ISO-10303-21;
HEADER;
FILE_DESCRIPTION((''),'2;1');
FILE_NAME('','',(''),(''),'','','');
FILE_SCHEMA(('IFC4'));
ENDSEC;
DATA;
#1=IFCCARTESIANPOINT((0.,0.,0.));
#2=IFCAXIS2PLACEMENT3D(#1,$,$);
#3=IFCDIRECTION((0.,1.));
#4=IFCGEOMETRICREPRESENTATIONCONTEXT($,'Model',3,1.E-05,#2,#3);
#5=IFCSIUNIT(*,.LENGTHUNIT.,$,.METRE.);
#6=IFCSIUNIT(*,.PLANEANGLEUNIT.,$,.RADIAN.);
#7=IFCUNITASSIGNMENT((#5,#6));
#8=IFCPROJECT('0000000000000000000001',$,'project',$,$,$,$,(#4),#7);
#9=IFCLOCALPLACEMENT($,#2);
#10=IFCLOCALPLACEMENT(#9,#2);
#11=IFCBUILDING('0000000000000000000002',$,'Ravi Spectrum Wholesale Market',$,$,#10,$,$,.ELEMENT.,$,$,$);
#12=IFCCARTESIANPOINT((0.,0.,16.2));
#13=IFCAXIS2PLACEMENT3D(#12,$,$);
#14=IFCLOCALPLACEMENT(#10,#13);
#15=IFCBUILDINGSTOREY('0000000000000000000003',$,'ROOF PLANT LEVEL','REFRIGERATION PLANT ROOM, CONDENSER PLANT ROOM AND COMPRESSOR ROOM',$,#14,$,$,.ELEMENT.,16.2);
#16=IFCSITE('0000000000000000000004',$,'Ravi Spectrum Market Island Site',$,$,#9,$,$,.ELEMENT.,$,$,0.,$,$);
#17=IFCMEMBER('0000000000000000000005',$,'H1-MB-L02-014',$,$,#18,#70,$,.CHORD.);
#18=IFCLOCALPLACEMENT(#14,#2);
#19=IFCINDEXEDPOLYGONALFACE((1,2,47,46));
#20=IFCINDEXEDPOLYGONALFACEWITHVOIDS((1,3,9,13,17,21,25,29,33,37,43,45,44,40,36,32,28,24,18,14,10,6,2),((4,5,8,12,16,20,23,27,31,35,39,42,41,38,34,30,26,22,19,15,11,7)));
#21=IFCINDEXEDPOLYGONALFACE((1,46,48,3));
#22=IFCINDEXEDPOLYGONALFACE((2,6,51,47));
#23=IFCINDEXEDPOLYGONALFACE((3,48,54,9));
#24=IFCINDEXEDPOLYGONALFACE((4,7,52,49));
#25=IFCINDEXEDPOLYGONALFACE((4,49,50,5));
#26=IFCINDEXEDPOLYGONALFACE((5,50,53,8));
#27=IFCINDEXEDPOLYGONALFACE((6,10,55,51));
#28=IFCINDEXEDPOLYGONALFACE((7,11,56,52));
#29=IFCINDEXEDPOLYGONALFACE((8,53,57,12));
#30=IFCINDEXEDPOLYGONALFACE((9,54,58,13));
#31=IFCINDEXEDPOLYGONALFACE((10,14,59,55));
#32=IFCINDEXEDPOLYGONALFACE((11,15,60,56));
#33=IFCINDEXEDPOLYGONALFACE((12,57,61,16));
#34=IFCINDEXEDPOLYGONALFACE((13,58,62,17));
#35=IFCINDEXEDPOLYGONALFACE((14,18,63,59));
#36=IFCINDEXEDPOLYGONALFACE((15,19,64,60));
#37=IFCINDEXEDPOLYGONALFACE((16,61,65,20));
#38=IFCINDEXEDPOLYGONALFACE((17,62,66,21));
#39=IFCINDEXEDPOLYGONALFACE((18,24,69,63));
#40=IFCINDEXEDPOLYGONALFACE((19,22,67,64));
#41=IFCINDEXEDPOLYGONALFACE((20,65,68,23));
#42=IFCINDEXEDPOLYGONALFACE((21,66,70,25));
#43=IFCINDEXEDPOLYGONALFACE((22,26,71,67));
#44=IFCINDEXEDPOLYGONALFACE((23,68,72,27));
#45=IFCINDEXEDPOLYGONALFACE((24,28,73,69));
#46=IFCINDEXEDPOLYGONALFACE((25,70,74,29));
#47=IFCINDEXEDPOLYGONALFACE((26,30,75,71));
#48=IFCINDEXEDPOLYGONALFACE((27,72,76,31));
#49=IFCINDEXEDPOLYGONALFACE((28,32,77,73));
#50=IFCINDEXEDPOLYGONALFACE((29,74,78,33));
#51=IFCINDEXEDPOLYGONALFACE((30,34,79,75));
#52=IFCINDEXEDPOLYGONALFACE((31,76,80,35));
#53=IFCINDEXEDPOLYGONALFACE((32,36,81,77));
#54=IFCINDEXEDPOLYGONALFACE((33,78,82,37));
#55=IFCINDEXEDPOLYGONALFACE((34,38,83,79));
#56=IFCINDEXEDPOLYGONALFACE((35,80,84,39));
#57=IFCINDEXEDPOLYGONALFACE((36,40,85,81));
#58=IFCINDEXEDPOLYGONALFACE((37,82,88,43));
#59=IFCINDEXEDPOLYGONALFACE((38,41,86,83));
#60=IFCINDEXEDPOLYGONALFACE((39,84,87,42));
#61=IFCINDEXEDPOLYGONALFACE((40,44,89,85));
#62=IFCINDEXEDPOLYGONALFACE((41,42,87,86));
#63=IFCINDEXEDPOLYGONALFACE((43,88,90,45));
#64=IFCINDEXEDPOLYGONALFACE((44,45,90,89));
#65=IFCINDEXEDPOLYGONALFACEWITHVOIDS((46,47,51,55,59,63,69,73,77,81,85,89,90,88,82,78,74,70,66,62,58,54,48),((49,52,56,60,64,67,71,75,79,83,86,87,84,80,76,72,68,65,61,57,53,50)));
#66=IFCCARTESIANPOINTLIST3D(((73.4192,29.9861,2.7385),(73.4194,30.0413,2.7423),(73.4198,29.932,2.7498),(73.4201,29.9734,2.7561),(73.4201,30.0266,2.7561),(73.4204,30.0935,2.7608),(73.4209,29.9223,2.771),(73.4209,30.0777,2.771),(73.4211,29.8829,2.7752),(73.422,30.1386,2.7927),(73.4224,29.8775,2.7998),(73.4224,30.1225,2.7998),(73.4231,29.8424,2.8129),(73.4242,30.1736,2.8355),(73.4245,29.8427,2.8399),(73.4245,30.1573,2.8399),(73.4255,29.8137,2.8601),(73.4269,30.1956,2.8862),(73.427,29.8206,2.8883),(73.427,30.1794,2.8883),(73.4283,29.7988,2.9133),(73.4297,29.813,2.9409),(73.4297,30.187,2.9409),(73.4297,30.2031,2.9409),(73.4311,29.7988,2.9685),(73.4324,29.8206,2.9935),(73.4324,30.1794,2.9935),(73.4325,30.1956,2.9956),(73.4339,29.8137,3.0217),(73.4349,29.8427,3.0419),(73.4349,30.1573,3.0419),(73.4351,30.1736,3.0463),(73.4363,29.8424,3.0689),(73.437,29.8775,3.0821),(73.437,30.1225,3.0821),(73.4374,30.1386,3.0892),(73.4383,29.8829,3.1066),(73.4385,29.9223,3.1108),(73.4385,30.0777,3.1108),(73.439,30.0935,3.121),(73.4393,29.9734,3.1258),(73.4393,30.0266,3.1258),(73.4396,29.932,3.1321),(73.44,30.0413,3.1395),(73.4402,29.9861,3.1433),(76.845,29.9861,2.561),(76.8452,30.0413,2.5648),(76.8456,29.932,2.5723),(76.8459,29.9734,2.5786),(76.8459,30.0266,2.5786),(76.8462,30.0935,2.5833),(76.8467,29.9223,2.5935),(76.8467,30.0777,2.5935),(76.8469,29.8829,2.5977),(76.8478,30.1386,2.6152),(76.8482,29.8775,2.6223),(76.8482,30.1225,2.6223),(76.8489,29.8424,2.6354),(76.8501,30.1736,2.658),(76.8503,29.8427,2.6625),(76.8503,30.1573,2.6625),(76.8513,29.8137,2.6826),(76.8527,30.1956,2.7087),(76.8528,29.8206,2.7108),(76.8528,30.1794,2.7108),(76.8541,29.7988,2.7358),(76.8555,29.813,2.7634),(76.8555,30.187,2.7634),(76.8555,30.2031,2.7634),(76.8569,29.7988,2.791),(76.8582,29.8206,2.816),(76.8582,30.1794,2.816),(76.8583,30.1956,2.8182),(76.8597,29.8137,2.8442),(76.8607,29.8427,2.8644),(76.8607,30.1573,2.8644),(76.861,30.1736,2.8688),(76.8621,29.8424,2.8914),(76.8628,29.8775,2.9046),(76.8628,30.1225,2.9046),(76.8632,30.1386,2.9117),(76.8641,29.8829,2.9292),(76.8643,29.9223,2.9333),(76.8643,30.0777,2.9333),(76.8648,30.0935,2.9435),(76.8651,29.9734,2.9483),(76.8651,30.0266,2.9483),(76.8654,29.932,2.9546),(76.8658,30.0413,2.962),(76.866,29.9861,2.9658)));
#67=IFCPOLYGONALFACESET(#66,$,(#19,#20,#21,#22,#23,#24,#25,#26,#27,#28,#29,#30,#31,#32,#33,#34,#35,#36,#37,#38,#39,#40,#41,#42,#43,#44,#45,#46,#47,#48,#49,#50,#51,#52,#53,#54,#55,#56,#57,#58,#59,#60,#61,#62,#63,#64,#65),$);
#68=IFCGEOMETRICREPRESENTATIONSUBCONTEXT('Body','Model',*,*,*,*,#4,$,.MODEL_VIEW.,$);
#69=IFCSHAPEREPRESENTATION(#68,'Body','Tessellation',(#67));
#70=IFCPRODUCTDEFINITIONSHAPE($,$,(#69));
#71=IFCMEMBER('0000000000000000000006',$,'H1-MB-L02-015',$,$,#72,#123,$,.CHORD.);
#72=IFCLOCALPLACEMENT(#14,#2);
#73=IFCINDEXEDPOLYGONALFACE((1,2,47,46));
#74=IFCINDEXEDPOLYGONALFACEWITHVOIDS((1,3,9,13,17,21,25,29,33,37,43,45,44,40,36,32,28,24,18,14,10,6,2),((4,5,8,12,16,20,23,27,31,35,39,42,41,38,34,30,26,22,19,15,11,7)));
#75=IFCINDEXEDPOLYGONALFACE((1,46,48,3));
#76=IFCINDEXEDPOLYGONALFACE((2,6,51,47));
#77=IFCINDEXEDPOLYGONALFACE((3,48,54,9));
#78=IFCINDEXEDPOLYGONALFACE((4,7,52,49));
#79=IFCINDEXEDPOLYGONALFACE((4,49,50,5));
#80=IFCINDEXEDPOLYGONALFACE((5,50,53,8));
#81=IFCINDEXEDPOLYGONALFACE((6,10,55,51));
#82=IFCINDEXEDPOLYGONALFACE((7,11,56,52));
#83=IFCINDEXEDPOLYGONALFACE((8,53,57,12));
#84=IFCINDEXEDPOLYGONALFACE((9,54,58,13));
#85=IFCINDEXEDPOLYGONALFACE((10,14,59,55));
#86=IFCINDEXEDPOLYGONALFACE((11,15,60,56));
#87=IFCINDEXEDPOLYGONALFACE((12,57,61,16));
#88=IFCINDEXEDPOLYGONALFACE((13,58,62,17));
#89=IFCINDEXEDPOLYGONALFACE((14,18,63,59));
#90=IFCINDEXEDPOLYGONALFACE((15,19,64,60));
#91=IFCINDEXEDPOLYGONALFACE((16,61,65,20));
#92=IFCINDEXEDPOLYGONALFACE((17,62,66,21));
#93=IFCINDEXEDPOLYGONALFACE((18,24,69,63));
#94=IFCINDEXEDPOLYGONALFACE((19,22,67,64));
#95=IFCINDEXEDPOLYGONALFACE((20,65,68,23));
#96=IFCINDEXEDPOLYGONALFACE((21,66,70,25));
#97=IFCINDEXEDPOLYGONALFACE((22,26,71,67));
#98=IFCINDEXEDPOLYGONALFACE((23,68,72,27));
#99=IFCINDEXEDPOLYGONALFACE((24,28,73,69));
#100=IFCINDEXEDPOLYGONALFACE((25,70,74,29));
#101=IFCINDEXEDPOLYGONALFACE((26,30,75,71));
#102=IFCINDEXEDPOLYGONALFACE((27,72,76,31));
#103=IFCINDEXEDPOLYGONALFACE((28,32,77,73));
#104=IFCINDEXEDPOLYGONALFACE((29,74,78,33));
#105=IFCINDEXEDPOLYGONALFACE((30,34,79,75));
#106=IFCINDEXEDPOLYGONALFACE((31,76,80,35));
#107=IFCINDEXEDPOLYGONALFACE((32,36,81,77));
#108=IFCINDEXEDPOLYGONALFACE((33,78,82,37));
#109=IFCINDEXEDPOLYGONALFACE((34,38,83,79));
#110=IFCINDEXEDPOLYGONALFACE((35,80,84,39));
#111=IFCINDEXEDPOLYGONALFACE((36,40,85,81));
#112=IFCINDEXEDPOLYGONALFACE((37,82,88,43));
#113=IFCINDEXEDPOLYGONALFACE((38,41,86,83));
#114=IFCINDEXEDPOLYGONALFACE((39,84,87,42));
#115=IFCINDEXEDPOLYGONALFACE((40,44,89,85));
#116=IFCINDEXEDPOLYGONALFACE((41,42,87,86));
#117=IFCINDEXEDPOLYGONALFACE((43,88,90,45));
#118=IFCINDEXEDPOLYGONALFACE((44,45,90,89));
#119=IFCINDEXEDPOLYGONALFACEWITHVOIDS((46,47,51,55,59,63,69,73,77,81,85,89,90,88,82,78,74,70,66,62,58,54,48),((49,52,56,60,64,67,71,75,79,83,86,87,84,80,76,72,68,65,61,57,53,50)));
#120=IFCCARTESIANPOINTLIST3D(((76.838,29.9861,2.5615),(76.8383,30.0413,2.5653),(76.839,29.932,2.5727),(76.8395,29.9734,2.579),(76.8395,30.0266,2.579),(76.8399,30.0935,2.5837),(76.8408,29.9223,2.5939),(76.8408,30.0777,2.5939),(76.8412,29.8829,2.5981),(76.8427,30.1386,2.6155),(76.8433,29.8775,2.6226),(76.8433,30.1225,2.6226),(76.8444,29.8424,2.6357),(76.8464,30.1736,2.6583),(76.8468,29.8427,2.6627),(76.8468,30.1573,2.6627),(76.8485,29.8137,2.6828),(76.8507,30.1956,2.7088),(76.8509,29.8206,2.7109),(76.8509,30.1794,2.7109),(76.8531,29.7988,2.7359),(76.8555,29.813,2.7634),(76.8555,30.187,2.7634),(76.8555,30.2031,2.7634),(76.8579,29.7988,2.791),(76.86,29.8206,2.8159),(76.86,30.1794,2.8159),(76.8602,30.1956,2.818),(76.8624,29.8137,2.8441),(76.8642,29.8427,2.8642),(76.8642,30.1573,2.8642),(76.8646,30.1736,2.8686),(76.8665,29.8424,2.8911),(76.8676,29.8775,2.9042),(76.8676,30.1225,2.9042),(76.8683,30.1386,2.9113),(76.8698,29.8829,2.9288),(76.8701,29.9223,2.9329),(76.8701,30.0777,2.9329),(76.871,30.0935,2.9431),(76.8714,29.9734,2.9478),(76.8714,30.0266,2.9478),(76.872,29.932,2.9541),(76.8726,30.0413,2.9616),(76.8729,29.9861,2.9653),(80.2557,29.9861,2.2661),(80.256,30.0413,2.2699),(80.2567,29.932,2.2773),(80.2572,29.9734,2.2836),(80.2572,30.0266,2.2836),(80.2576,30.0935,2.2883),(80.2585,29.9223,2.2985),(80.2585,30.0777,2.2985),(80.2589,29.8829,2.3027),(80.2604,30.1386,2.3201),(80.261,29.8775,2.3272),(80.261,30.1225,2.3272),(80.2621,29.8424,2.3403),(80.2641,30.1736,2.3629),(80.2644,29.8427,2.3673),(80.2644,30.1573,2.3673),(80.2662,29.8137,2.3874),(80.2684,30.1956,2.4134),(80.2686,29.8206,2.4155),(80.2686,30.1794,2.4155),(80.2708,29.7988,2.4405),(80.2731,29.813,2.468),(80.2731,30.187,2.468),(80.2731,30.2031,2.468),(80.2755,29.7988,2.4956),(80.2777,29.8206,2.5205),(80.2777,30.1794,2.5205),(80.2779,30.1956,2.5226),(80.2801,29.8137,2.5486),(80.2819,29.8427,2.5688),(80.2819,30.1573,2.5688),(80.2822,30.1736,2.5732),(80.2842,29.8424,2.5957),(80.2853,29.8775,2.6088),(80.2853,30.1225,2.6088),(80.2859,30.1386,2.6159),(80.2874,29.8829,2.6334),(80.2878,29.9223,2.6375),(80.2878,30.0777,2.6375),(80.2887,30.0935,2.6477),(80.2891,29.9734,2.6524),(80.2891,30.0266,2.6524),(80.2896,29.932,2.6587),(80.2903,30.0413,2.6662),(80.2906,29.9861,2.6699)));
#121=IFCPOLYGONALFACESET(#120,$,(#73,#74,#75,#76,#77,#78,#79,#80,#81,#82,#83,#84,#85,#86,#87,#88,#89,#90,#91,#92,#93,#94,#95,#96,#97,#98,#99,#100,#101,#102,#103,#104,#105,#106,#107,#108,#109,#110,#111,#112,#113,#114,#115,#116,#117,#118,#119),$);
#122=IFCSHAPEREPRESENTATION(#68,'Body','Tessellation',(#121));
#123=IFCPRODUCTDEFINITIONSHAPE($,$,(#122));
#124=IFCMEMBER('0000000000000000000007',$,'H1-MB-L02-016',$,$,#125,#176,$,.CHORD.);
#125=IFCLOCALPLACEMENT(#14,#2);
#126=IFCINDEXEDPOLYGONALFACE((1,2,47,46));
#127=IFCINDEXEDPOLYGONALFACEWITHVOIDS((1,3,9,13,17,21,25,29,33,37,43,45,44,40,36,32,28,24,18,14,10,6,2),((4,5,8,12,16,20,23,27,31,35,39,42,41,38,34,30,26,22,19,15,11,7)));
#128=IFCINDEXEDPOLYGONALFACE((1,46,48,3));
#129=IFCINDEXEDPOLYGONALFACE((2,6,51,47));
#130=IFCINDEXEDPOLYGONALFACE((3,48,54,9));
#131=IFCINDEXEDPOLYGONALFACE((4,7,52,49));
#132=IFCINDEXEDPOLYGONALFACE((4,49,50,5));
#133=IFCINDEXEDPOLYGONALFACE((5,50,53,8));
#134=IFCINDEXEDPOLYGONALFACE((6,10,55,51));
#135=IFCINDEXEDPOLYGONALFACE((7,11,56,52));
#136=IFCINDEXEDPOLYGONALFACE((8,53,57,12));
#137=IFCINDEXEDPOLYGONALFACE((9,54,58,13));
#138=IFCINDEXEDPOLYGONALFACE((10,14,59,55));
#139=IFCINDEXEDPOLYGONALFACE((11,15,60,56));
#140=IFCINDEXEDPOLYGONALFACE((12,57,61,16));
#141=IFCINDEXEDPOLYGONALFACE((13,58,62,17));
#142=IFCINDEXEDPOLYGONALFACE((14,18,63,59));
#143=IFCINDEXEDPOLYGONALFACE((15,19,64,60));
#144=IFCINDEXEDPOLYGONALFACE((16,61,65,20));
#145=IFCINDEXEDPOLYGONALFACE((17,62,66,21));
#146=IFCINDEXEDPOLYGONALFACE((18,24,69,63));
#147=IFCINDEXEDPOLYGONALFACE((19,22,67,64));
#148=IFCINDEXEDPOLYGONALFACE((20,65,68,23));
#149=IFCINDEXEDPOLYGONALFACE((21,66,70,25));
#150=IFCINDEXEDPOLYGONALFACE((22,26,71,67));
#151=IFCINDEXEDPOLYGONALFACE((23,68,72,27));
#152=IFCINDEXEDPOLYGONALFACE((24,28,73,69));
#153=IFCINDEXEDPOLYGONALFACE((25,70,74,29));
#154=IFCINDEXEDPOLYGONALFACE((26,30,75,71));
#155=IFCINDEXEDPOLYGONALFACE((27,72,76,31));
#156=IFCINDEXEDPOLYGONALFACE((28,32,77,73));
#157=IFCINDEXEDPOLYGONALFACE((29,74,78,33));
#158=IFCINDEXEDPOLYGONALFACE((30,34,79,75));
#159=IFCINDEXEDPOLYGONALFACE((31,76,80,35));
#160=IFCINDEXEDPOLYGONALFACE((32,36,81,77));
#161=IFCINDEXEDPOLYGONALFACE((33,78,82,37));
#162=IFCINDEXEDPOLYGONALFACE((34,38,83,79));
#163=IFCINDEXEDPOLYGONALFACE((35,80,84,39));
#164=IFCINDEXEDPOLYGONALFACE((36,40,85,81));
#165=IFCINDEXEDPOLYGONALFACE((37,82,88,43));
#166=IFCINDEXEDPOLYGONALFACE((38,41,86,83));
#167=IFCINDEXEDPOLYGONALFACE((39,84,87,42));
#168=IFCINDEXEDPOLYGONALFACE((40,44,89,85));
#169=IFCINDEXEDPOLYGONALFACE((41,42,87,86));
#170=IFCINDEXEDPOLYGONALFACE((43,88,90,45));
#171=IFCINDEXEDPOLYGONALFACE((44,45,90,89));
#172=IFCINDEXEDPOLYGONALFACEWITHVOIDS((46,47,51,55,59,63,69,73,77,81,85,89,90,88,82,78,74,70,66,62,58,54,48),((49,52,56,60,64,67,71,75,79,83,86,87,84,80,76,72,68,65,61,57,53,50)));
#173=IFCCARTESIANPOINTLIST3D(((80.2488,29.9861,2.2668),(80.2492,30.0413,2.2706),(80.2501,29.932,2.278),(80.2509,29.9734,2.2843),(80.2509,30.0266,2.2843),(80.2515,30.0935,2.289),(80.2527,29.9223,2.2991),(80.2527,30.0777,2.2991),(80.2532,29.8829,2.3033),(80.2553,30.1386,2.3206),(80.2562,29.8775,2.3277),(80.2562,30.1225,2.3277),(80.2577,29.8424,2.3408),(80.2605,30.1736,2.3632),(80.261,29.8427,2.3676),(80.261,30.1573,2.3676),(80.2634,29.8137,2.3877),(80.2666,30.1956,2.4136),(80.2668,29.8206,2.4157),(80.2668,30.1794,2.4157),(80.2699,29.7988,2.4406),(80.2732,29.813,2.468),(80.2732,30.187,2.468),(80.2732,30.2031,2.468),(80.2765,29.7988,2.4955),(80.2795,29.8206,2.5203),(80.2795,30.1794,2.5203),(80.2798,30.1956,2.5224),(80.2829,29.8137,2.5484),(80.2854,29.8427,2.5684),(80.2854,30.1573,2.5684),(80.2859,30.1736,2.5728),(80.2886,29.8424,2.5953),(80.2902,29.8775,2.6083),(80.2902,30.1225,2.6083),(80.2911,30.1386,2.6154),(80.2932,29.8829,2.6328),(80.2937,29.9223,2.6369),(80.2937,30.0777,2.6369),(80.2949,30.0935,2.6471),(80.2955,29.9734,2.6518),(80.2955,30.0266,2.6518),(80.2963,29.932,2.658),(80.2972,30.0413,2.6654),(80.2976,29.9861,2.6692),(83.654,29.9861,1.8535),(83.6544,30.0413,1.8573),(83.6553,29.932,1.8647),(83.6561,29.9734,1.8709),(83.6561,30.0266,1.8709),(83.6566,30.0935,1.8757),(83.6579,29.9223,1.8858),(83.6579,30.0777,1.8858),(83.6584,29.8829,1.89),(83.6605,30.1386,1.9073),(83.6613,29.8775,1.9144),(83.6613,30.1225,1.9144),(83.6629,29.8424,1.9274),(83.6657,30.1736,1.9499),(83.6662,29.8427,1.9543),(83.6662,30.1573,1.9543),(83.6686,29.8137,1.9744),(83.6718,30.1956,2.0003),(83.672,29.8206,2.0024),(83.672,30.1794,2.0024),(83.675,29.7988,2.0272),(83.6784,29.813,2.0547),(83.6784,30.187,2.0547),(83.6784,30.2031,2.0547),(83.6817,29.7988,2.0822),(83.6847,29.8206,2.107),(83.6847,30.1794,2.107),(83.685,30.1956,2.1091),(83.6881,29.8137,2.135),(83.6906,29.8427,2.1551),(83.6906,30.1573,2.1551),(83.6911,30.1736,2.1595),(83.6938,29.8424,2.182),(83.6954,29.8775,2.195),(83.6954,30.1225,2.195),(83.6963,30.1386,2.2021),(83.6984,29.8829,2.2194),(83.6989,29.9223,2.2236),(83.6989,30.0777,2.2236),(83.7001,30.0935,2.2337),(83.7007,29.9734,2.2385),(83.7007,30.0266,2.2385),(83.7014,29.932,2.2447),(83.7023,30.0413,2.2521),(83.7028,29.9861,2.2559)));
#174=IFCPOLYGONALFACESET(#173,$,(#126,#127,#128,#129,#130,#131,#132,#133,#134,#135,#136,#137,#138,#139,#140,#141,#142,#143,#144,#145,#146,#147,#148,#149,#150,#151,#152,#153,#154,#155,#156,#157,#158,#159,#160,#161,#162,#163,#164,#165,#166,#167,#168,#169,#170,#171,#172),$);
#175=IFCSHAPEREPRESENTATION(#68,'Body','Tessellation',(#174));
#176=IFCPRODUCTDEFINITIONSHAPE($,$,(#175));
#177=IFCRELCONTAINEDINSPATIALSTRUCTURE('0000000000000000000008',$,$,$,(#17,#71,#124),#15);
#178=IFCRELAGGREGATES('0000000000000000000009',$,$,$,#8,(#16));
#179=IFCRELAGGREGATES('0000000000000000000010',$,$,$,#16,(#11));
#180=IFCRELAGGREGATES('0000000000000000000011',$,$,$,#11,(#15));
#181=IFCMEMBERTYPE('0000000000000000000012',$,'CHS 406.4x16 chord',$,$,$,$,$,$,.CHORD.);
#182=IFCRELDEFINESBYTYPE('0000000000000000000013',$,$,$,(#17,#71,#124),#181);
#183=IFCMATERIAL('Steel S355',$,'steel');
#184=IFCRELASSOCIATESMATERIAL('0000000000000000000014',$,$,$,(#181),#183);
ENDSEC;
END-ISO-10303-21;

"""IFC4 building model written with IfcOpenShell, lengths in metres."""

from ifc_helpers import new_model, si_unit, direction, frame, origin, origin_2d, place, context, subcontext, project, spatial, hollow_circle, extrude, material, material_profile, profile_set, type_object, element, save


model = new_model("IFC4")

# Units and contexts
model_context = context("Model", 3, precision=1e-05, world=origin(), true_north=direction((0.0, 1.0)))
body_context = subcontext(model_context, "Body", "Model", "MODEL_VIEW")
ifc_project = project(units=[si_unit("LENGTHUNIT", "METRE"), si_unit("PLANEANGLEUNIT", "RADIAN")], contexts=[model_context])

# Site, building, storey
site_placement = place(None, origin())
site = spatial("IfcSite", under=ifc_project, at=site_placement, Name="Ravi Spectrum Market Island Site", CompositionType="ELEMENT", RefElevation=0.0)
building_placement = place(site_placement, origin())
building = spatial("IfcBuilding", under=site, at=building_placement, Name="Ravi Spectrum Wholesale Market", CompositionType="ELEMENT")
storey_placement = place(building_placement, frame((0.0, 0.0, 16.2)))
storey = spatial("IfcBuildingStorey", under=building, at=storey_placement, Name="ROOF PLANT LEVEL", Description="REFRIGERATION PLANT ROOM, CONDENSER PLANT ROOM AND COMPRESSOR ROOM", CompositionType="ELEMENT", Elevation=16.2)

# Members
ifc_material_1 = material(Name="Steel S355", Category="steel")
ifc_material_profile_1 = material_profile(ifc_material_1, hollow_circle(Radius=0.2031, WallThickness=0.0161, at=origin_2d()))
ifc_profile_set_1 = profile_set([ifc_material_profile_1], Name="Steel S355")
member_type_1 = type_object("IfcMemberType", Name="CHS 406.4x16 chord", PredefinedType="CHORD", material=ifc_profile_set_1)
for number, where, z_axis, x_axis, name in (
    (1, (73.4297, 30.0, 2.9409), (0.998661, 0.0, -0.051741), (0.0, 1.0, 0.0), "H1-MB-L02-014"),
    (2, (76.8555, 30.0, 2.7634), (0.996285, 0.0, -0.086114), (0.0, 1.0, 0.0), "H1-MB-L02-015"),
):
    element("IfcMember", number, at=place(storey_placement, frame(where, z_axis=z_axis, x_axis=x_axis)), inside=storey, type_object=member_type_1, Name=name, PredefinedType="CHORD", context=body_context, shape_type="SweptSolid", body=[
        extrude(hollow_circle(Radius=0.2031, WallThickness=0.0161, at=origin_2d()), origin(), (0.0, 0.0, 1.0), 3.4304),
    ])
for number, where, z_axis, x_axis, name in (
    (3, (80.2732, 30.0, 2.468), (0.992714, 0.0, -0.120495), (0.0, 1.0, 0.0), "H1-MB-L02-016"),
):
    element("IfcMember", number, at=place(storey_placement, frame(where, z_axis=z_axis, x_axis=x_axis)), inside=storey, type_object=member_type_1, Name=name, PredefinedType="CHORD", context=body_context, shape_type="SweptSolid", body=[
        extrude(hollow_circle(Radius=0.2031, WallThickness=0.0161, at=origin_2d()), origin(), (0.0, 0.0, 1.0), 3.4302),
    ])

save(model, "model.ifc")
